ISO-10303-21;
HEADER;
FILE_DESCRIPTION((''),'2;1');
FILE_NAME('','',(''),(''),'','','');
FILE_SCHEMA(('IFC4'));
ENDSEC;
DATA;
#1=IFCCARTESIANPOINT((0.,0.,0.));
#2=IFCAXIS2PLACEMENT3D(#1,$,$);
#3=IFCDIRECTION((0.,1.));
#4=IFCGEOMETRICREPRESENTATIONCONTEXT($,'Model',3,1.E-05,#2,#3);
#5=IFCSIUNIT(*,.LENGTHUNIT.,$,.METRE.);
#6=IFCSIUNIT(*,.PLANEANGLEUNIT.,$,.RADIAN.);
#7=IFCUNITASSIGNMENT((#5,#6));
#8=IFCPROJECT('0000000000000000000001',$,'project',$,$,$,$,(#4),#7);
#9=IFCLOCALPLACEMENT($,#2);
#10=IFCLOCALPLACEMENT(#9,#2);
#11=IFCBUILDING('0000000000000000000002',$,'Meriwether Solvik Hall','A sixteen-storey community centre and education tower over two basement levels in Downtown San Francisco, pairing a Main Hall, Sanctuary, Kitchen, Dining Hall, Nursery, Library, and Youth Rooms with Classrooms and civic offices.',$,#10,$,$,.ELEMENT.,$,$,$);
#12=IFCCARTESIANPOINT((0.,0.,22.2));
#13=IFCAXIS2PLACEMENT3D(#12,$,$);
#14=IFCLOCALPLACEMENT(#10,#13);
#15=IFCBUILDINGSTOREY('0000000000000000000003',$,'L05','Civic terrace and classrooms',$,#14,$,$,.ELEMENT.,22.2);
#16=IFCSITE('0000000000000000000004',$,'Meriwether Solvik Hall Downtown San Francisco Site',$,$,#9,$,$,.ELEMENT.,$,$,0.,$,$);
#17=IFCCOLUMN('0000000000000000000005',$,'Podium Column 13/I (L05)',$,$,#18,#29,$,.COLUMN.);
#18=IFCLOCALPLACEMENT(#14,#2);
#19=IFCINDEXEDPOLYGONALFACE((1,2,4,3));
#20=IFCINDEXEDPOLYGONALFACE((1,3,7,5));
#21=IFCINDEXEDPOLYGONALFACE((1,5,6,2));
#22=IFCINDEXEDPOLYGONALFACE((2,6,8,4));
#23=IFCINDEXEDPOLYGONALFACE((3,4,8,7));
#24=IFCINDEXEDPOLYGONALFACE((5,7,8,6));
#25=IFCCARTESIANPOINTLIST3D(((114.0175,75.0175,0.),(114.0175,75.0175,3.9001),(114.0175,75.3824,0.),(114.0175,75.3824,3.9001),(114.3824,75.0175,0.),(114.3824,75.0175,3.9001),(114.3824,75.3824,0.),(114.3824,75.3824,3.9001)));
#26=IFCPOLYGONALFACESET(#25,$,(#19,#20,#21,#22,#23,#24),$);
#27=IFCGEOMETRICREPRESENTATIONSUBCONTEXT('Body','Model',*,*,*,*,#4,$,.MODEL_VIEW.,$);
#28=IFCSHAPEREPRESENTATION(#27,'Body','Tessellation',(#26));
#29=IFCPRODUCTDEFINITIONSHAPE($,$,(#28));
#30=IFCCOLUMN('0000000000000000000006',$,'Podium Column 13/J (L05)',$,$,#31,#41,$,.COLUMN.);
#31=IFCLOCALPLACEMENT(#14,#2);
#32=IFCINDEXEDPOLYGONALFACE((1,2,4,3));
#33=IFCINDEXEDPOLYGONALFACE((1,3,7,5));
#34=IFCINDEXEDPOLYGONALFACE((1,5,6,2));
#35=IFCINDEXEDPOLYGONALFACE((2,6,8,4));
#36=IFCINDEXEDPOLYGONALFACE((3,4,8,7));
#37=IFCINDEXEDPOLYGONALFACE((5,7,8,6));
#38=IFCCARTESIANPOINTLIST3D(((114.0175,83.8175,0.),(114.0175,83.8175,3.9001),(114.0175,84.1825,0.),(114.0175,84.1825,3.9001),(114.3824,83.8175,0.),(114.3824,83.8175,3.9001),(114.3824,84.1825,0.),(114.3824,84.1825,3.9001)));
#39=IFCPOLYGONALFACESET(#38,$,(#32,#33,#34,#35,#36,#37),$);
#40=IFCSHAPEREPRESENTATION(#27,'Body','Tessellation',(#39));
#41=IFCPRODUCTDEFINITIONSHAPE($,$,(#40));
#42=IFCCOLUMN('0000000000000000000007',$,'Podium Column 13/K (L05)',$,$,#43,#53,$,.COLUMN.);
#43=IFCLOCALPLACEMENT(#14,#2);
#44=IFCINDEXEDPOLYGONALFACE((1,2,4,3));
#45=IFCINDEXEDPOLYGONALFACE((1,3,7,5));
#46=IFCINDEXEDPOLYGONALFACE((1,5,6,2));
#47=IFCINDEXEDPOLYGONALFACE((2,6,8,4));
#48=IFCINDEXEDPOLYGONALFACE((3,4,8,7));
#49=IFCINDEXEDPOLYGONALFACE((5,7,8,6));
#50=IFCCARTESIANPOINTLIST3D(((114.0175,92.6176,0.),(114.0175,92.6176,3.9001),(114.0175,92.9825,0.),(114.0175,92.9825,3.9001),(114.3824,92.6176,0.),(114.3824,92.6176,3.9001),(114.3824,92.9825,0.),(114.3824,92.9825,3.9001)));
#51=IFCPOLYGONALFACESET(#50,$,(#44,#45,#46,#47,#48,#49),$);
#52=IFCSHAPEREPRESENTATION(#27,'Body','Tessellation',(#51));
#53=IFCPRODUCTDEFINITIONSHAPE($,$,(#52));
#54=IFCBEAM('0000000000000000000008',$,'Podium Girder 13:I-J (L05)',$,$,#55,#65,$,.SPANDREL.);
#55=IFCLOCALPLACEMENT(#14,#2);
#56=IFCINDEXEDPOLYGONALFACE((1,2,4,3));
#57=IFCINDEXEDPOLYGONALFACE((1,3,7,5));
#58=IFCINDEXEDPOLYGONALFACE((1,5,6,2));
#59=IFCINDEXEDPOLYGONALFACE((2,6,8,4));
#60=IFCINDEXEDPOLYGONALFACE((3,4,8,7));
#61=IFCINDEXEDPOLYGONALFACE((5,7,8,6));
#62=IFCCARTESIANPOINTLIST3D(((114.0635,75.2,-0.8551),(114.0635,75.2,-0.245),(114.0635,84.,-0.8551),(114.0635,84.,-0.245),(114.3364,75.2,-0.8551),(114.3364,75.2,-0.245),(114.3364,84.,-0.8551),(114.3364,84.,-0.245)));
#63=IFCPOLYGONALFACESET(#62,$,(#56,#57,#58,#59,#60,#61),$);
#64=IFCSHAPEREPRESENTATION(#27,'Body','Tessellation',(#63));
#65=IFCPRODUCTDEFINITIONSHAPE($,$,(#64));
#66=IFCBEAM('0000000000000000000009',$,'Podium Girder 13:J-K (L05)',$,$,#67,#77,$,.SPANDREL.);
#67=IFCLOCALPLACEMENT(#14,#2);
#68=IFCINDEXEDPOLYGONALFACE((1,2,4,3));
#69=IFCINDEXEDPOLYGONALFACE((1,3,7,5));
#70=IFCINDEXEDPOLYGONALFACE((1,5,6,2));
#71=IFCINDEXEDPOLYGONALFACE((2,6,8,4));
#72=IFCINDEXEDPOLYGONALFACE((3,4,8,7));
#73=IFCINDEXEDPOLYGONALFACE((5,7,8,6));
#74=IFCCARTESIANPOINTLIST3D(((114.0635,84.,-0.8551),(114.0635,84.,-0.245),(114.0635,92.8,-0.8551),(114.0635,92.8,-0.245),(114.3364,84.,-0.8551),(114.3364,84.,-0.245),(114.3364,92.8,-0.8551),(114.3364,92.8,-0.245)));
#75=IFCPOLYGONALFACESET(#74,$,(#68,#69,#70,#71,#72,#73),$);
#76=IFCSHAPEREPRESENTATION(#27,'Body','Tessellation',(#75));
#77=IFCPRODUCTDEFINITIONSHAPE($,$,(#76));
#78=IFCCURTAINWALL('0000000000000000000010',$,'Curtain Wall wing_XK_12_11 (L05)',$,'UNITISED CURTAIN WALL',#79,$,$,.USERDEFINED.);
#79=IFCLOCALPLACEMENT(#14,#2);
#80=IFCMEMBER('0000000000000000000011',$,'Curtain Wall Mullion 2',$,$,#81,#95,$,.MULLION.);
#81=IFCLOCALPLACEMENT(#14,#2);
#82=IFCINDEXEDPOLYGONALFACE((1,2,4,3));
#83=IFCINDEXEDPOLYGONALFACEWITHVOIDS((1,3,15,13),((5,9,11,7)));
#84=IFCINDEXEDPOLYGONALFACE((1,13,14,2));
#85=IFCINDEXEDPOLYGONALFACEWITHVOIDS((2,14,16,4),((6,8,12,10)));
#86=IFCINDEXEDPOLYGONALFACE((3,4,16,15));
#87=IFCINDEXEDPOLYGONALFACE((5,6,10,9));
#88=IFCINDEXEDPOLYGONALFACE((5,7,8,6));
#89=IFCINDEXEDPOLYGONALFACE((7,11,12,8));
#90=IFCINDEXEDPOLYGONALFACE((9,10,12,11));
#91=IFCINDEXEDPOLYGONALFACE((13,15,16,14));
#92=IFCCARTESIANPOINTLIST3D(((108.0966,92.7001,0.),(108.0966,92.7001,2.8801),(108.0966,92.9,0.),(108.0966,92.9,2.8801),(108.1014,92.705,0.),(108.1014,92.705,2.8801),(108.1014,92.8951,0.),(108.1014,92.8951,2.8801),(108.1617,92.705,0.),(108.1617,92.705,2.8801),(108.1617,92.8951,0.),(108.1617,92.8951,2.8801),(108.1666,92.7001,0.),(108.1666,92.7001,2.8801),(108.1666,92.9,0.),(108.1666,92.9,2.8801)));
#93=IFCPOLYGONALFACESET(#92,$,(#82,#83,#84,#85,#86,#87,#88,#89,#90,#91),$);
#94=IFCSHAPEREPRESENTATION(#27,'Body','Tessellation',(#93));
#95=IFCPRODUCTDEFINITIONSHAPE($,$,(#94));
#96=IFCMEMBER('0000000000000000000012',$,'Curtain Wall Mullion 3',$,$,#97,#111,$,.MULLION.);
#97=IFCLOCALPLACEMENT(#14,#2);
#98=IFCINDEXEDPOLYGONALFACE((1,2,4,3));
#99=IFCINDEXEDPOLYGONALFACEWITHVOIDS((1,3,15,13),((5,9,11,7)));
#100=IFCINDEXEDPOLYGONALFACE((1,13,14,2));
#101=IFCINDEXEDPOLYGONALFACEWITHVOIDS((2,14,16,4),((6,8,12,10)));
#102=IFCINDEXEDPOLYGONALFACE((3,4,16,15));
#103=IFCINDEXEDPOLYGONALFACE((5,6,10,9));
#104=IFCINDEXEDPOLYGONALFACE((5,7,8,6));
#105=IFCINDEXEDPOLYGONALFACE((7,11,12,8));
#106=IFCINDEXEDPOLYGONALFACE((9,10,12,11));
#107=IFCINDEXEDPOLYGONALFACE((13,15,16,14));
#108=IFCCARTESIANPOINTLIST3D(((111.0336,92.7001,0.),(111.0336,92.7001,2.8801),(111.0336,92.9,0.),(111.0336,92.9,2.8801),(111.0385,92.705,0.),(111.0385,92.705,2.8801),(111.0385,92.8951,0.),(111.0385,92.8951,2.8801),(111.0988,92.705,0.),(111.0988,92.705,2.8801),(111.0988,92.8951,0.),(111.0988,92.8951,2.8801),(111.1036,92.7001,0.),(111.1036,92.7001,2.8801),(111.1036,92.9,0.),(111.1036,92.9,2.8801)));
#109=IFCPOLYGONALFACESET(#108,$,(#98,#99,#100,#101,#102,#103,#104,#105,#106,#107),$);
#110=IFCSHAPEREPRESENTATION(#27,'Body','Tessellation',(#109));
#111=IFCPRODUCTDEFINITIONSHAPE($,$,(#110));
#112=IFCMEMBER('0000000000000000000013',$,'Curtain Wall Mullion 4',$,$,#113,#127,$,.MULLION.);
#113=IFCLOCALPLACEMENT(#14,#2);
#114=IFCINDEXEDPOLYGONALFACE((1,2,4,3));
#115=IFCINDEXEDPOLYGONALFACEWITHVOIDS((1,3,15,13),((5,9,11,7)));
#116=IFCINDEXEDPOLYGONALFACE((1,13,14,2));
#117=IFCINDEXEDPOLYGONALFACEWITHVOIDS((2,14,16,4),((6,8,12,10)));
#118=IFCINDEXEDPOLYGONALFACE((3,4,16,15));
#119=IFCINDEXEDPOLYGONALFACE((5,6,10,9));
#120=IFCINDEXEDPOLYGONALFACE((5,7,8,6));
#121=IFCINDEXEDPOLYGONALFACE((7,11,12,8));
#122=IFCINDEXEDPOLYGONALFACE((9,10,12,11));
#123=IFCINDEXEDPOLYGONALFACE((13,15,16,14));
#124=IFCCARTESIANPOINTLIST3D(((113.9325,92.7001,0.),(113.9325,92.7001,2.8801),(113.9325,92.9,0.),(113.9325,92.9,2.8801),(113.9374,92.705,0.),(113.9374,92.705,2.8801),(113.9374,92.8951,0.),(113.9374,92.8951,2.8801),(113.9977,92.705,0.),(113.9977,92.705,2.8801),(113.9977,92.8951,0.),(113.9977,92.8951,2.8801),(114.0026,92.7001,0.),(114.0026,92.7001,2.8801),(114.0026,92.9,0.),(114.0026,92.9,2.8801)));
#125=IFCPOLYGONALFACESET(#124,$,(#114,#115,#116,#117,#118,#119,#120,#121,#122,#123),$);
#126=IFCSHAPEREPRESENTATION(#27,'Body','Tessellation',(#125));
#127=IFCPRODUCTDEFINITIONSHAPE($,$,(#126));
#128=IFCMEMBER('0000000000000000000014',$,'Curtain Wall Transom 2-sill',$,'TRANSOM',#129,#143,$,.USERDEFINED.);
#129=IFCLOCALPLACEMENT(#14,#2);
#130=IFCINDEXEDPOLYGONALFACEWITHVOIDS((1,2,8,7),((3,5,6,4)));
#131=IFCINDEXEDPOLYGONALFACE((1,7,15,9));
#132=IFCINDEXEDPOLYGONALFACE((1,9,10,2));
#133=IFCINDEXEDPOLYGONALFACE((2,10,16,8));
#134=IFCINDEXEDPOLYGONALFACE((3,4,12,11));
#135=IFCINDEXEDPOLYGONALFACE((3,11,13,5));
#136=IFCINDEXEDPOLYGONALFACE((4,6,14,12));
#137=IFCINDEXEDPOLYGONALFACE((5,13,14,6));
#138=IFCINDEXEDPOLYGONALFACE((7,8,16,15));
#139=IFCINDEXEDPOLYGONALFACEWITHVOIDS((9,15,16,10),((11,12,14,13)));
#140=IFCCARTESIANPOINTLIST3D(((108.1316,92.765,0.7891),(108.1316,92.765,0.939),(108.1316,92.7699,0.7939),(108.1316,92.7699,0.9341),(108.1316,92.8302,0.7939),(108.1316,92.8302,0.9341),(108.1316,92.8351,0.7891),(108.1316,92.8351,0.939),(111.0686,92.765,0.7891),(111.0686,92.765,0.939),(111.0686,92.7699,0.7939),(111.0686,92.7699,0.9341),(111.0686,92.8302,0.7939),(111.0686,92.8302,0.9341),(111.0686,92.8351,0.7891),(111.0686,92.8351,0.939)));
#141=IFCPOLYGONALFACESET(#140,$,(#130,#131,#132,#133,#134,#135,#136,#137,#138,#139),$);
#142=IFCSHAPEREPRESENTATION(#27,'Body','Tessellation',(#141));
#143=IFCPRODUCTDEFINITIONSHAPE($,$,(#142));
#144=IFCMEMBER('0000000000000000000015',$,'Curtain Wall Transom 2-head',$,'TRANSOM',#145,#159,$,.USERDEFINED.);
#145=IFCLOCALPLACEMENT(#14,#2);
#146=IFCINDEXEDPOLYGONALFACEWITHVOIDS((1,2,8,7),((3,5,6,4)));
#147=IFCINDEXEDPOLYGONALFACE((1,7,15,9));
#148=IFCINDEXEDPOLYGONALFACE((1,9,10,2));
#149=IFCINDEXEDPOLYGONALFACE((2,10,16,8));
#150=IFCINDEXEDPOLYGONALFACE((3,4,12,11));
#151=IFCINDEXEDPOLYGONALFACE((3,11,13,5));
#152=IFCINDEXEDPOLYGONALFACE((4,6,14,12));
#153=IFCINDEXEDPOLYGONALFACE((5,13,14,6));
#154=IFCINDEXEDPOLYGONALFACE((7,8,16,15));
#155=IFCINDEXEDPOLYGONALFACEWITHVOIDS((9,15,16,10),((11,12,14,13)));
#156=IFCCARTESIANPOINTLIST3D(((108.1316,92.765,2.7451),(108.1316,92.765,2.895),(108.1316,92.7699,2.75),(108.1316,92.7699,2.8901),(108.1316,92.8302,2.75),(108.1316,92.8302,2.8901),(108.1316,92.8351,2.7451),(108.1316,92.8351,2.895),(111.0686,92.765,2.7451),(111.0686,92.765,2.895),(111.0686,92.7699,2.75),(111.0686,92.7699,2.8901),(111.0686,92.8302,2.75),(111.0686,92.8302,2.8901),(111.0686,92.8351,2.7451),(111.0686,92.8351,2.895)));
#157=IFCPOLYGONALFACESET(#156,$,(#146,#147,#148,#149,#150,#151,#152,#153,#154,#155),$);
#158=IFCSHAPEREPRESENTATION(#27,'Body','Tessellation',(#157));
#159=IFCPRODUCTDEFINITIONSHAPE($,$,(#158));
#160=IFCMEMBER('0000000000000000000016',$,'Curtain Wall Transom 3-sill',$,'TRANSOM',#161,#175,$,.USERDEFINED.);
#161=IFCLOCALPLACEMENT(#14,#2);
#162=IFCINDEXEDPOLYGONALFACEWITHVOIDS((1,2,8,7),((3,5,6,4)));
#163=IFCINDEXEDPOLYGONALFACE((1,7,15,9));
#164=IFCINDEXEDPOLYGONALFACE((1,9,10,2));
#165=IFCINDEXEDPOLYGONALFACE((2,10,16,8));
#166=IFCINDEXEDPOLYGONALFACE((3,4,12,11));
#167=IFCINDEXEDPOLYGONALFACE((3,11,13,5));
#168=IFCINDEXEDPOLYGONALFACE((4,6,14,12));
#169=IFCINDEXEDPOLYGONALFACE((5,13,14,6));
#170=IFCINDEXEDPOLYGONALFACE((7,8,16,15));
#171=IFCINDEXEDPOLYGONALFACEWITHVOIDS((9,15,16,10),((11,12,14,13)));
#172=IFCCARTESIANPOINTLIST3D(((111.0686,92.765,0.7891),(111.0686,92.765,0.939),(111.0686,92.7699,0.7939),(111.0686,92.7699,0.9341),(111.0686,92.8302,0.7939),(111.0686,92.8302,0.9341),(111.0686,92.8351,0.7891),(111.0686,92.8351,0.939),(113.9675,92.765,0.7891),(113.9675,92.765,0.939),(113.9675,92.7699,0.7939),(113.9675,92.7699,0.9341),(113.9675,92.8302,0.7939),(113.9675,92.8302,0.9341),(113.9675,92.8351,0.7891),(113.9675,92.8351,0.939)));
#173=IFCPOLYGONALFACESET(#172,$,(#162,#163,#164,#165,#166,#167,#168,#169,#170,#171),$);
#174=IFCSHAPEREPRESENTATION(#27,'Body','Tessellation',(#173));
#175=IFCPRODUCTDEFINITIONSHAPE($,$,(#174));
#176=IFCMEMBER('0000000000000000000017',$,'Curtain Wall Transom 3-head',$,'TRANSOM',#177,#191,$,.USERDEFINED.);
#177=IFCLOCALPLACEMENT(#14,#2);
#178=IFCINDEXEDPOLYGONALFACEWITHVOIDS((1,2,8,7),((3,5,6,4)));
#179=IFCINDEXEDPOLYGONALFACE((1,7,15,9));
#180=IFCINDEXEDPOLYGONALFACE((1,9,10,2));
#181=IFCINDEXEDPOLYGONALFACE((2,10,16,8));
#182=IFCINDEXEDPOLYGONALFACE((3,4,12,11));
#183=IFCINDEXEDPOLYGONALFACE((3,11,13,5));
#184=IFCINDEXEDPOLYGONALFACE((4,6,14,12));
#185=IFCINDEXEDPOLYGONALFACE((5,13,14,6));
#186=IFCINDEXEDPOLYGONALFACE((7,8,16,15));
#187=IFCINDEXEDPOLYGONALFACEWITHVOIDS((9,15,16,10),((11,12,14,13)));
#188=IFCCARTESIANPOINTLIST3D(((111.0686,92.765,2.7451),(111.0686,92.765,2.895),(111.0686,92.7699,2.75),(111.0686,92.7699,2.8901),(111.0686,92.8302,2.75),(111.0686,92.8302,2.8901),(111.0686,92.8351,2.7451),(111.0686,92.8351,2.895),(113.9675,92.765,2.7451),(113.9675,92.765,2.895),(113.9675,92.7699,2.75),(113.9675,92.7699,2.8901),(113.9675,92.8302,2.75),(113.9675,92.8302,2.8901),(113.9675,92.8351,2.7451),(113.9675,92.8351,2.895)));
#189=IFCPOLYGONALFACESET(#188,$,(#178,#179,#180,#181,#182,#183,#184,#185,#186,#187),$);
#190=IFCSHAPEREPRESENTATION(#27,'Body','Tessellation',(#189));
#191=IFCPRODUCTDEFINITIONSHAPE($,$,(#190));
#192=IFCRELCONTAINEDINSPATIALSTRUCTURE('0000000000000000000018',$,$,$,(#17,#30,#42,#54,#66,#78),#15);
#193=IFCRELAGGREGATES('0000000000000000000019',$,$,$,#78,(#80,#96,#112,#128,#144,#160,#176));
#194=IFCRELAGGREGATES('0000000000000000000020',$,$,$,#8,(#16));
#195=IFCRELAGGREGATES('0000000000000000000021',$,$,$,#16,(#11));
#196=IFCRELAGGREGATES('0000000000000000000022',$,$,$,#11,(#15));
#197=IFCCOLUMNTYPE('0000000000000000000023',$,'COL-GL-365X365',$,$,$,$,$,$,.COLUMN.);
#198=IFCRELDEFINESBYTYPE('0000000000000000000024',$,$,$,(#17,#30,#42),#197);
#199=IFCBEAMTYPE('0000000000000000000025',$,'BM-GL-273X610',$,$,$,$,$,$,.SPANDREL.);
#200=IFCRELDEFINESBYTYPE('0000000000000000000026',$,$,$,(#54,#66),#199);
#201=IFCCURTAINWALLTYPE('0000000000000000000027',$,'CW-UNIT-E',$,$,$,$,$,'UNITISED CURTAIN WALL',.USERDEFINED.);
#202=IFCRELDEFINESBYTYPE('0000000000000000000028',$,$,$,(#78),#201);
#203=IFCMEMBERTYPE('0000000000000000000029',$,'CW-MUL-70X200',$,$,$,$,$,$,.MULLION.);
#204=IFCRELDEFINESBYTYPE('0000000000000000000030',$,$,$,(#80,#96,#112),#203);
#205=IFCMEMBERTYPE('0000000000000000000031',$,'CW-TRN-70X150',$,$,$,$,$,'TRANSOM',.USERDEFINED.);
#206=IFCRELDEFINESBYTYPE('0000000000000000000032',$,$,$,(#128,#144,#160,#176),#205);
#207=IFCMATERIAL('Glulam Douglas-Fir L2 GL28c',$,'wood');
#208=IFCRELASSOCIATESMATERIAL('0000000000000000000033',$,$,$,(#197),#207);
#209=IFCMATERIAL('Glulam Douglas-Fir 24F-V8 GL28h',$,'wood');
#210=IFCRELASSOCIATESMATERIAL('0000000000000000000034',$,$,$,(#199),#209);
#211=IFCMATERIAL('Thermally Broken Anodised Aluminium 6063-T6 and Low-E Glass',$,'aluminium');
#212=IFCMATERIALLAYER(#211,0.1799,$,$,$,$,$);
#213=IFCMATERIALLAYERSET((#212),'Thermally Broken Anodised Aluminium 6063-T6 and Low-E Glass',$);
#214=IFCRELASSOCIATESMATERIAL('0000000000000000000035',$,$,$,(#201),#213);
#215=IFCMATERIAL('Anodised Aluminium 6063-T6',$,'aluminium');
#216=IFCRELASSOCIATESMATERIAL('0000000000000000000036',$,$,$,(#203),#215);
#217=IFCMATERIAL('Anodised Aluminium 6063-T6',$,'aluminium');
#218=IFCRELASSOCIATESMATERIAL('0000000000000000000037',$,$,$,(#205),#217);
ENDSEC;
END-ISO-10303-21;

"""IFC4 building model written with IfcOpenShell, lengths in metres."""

from ifc_helpers import new_model, si_unit, direction, frame, origin, origin_2d, place, context, subcontext, project, spatial, rectangle, hollow_rectangle, extrude, material, layer, layer_set, material_profile, profile_set, type_object, element, aggregate, save


model = new_model("IFC4")

# Units and contexts
model_context = context("Model", 3, precision=1e-05, world=origin(), true_north=direction((0.0, 1.0)))
body_context = subcontext(model_context, "Body", "Model", "MODEL_VIEW")
ifc_project = project(units=[si_unit("LENGTHUNIT", "METRE"), si_unit("PLANEANGLEUNIT", "RADIAN")], contexts=[model_context])

# Site, building, storey
site_placement = place(None, origin())
site = spatial("IfcSite", under=ifc_project, at=site_placement, Name="Meriwether Solvik Hall Downtown San Francisco Site", CompositionType="ELEMENT", RefElevation=0.0)
building_placement = place(site_placement, origin())
building = spatial("IfcBuilding", under=site, at=building_placement, Name="Meriwether Solvik Hall", Description="A sixteen-storey community centre and education tower over two basement levels in Downtown San Francisco, pairing a Main Hall, Sanctuary, Kitchen, Dining Hall, Nursery, Library, and Youth Rooms with Classrooms and civic offices.", CompositionType="ELEMENT")
storey_placement = place(building_placement, frame((0.0, 0.0, 22.2)))
storey = spatial("IfcBuildingStorey", under=building, at=storey_placement, Name="L05", Description="Civic terrace and classrooms", CompositionType="ELEMENT", Elevation=22.2)

# Columns
ifc_material_1 = material(Name="Glulam Douglas-Fir L2 GL28c", Category="wood")
ifc_material_profile_1 = material_profile(ifc_material_1, rectangle(XDim=0.365, YDim=0.365, at=origin_2d()), Name="GLC-365X365")
ifc_profile_set_1 = profile_set([ifc_material_profile_1], Name="Glulam Douglas-Fir L2 GL28c")
column_type = type_object("IfcColumnType", Name="COL-GL-365X365", PredefinedType="COLUMN", material=ifc_profile_set_1)
for number, where, z_axis, x_axis, name in (
    (1, (114.2, 75.2, 0.0), (0.0, 0.0, 1.0), (1.0, 0.0, 0.0), "Podium Column 13/I (L05)"),
    (2, (114.2, 84.0, 0.0), (0.0, 0.0, 1.0), (1.0, 0.0, 0.0), "Podium Column 13/J (L05)"),
    (3, (114.2, 92.8, 0.0), (0.0, 0.0, 1.0), (1.0, 0.0, 0.0), "Podium Column 13/K (L05)"),
):
    element("IfcColumn", number, at=place(storey_placement, frame(where, z_axis=z_axis, x_axis=x_axis)), inside=storey, type_object=column_type, Name=name, PredefinedType="COLUMN", context=body_context, shape_type="SweptSolid", body=[
        extrude(rectangle(XDim=0.365, YDim=0.365, at=origin_2d()), origin(), (0.0, 0.0, 1.0), 3.9001),
    ])

# Beams
ifc_material_2 = material(Name="Glulam Douglas-Fir 24F-V8 GL28h", Category="wood")
ifc_material_profile_2 = material_profile(ifc_material_2, rectangle(XDim=0.2729, YDim=0.6101, at=origin_2d()), Name="GLB-273X610")
ifc_profile_set_2 = profile_set([ifc_material_profile_2], Name="Glulam Douglas-Fir 24F-V8 GL28h")
beam_type = type_object("IfcBeamType", Name="BM-GL-273X610", PredefinedType="SPANDREL", material=ifc_profile_set_2)
for number, where, z_axis, x_axis, name in (
    (4, (114.2, 75.2, -0.55), (0.0, 1.0, 0.0), (-1.0, 0.0, 0.0), "Podium Girder 13:I-J (L05)"),
    (5, (114.2, 84.0, -0.55), (0.0, 1.0, 0.0), (-1.0, 0.0, 0.0), "Podium Girder 13:J-K (L05)"),
):
    element("IfcBeam", number, at=place(storey_placement, frame(where, z_axis=z_axis, x_axis=x_axis)), inside=storey, type_object=beam_type, Name=name, PredefinedType="SPANDREL", context=body_context, shape_type="SweptSolid", body=[
        extrude(rectangle(XDim=0.2729, YDim=0.6101, at=origin_2d()), origin(), (0.0, 0.0, 1.0), 8.8),
    ])

# Curtain wall, members
ifc_material_3 = material(Name="Thermally Broken Anodised Aluminium 6063-T6 and Low-E Glass", Category="aluminium")
ifc_layer_1 = layer(ifc_material_3, 0.1799)
ifc_layer_set_1 = layer_set([ifc_layer_1], Name="Thermally Broken Anodised Aluminium 6063-T6 and Low-E Glass")
curtain_wall_type = type_object("IfcCurtainWallType", Name="CW-UNIT-E", ElementType="UNITISED CURTAIN WALL", PredefinedType="USERDEFINED", material=ifc_layer_set_1)
curtain_wall_placement = place(storey_placement, origin())
curtain_wall = element("IfcCurtainWall", 6, at=curtain_wall_placement, inside=storey, type_object=curtain_wall_type, Name="Curtain Wall wing_XK_12_11 (L05)", ObjectType="UNITISED CURTAIN WALL", PredefinedType="USERDEFINED")
ifc_material_4 = material(Name="Anodised Aluminium 6063-T6", Category="aluminium")
ifc_material_profile_3 = material_profile(ifc_material_4, hollow_rectangle(XDim=0.0701, YDim=0.2, WallThickness=0.0049, at=origin_2d()), Name="CWM-70X200")
ifc_profile_set_3 = profile_set([ifc_material_profile_3], Name="Anodised Aluminium 6063-T6")
member_type_1 = type_object("IfcMemberType", Name="CW-MUL-70X200", PredefinedType="MULLION", material=ifc_profile_set_3)
member_1_placement = place(storey_placement, frame((108.1316, 92.8, 0.0), z_axis=(0.0, 0.0, 1.0), x_axis=(1.0, 0.0, 0.0)))
member_1 = element("IfcMember", 7, at=member_1_placement, type_object=member_type_1, Name="Curtain Wall Mullion 2", PredefinedType="MULLION", context=body_context, shape_type="SweptSolid", body=[
    extrude(hollow_rectangle(XDim=0.0701, YDim=0.2, WallThickness=0.0049, at=origin_2d()), origin(), (0.0, 0.0, 1.0), 2.8801),
])
member_2_placement = place(storey_placement, frame((111.0686, 92.8, 0.0), z_axis=(0.0, 0.0, 1.0), x_axis=(1.0, 0.0, 0.0)))
member_2 = element("IfcMember", 8, at=member_2_placement, type_object=member_type_1, Name="Curtain Wall Mullion 3", PredefinedType="MULLION", context=body_context, shape_type="SweptSolid", body=[
    extrude(hollow_rectangle(XDim=0.0701, YDim=0.2, WallThickness=0.0049, at=origin_2d()), origin(), (0.0, 0.0, 1.0), 2.8801),
])
member_3_placement = place(storey_placement, frame((113.9675, 92.8, 0.0), z_axis=(0.0, 0.0, 1.0), x_axis=(1.0, 0.0, 0.0)))
member_3 = element("IfcMember", 9, at=member_3_placement, type_object=member_type_1, Name="Curtain Wall Mullion 4", PredefinedType="MULLION", context=body_context, shape_type="SweptSolid", body=[
    extrude(hollow_rectangle(XDim=0.0701, YDim=0.2, WallThickness=0.0049, at=origin_2d()), origin(), (0.0, 0.0, 1.0), 2.8801),
])
ifc_material_5 = material(Name="Anodised Aluminium 6063-T6", Category="aluminium")
ifc_material_profile_4 = material_profile(ifc_material_5, hollow_rectangle(XDim=0.0701, YDim=0.1499, WallThickness=0.0049, at=origin_2d()), Name="CWT-70X150")
ifc_profile_set_4 = profile_set([ifc_material_profile_4], Name="Anodised Aluminium 6063-T6")
member_type_2 = type_object("IfcMemberType", Name="CW-TRN-70X150", ElementType="TRANSOM", PredefinedType="USERDEFINED", material=ifc_profile_set_4)
member_4_placement = place(storey_placement, frame((108.1316, 92.8, 0.864), z_axis=(1.0, 0.0, 0.0), x_axis=(0.0, 1.0, 0.0)))
member_4 = element("IfcMember", 10, at=member_4_placement, type_object=member_type_2, Name="Curtain Wall Transom 2-sill", ObjectType="TRANSOM", PredefinedType="USERDEFINED", context=body_context, shape_type="SweptSolid", body=[
    extrude(hollow_rectangle(XDim=0.0701, YDim=0.1499, WallThickness=0.0049, at=origin_2d()), origin(), (0.0, 0.0, 1.0), 2.937),
])
member_5_placement = place(storey_placement, frame((108.1316, 92.8, 2.8201), z_axis=(1.0, 0.0, 0.0), x_axis=(0.0, 1.0, 0.0)))
member_5 = element("IfcMember", 11, at=member_5_placement, type_object=member_type_2, Name="Curtain Wall Transom 2-head", ObjectType="TRANSOM", PredefinedType="USERDEFINED", context=body_context, shape_type="SweptSolid", body=[
    extrude(hollow_rectangle(XDim=0.0701, YDim=0.1499, WallThickness=0.0049, at=origin_2d()), origin(), (0.0, 0.0, 1.0), 2.937),
])
member_6_placement = place(storey_placement, frame((111.0686, 92.8, 0.864), z_axis=(1.0, 0.0, 0.0), x_axis=(0.0, 1.0, 0.0)))
member_6 = element("IfcMember", 12, at=member_6_placement, type_object=member_type_2, Name="Curtain Wall Transom 3-sill", ObjectType="TRANSOM", PredefinedType="USERDEFINED", context=body_context, shape_type="SweptSolid", body=[
    extrude(hollow_rectangle(XDim=0.0701, YDim=0.1499, WallThickness=0.0049, at=origin_2d()), origin(), (0.0, 0.0, 1.0), 2.8989),
])
member_7_placement = place(storey_placement, frame((111.0686, 92.8, 2.8201), z_axis=(1.0, 0.0, 0.0), x_axis=(0.0, 1.0, 0.0)))
member_7 = element("IfcMember", 13, at=member_7_placement, type_object=member_type_2, Name="Curtain Wall Transom 3-head", ObjectType="TRANSOM", PredefinedType="USERDEFINED", context=body_context, shape_type="SweptSolid", body=[
    extrude(hollow_rectangle(XDim=0.0701, YDim=0.1499, WallThickness=0.0049, at=origin_2d()), origin(), (0.0, 0.0, 1.0), 2.8989),
])
aggregate(curtain_wall, [member_1, member_2, member_3, member_4, member_5, member_6, member_7])

save(model, "model.ifc")
